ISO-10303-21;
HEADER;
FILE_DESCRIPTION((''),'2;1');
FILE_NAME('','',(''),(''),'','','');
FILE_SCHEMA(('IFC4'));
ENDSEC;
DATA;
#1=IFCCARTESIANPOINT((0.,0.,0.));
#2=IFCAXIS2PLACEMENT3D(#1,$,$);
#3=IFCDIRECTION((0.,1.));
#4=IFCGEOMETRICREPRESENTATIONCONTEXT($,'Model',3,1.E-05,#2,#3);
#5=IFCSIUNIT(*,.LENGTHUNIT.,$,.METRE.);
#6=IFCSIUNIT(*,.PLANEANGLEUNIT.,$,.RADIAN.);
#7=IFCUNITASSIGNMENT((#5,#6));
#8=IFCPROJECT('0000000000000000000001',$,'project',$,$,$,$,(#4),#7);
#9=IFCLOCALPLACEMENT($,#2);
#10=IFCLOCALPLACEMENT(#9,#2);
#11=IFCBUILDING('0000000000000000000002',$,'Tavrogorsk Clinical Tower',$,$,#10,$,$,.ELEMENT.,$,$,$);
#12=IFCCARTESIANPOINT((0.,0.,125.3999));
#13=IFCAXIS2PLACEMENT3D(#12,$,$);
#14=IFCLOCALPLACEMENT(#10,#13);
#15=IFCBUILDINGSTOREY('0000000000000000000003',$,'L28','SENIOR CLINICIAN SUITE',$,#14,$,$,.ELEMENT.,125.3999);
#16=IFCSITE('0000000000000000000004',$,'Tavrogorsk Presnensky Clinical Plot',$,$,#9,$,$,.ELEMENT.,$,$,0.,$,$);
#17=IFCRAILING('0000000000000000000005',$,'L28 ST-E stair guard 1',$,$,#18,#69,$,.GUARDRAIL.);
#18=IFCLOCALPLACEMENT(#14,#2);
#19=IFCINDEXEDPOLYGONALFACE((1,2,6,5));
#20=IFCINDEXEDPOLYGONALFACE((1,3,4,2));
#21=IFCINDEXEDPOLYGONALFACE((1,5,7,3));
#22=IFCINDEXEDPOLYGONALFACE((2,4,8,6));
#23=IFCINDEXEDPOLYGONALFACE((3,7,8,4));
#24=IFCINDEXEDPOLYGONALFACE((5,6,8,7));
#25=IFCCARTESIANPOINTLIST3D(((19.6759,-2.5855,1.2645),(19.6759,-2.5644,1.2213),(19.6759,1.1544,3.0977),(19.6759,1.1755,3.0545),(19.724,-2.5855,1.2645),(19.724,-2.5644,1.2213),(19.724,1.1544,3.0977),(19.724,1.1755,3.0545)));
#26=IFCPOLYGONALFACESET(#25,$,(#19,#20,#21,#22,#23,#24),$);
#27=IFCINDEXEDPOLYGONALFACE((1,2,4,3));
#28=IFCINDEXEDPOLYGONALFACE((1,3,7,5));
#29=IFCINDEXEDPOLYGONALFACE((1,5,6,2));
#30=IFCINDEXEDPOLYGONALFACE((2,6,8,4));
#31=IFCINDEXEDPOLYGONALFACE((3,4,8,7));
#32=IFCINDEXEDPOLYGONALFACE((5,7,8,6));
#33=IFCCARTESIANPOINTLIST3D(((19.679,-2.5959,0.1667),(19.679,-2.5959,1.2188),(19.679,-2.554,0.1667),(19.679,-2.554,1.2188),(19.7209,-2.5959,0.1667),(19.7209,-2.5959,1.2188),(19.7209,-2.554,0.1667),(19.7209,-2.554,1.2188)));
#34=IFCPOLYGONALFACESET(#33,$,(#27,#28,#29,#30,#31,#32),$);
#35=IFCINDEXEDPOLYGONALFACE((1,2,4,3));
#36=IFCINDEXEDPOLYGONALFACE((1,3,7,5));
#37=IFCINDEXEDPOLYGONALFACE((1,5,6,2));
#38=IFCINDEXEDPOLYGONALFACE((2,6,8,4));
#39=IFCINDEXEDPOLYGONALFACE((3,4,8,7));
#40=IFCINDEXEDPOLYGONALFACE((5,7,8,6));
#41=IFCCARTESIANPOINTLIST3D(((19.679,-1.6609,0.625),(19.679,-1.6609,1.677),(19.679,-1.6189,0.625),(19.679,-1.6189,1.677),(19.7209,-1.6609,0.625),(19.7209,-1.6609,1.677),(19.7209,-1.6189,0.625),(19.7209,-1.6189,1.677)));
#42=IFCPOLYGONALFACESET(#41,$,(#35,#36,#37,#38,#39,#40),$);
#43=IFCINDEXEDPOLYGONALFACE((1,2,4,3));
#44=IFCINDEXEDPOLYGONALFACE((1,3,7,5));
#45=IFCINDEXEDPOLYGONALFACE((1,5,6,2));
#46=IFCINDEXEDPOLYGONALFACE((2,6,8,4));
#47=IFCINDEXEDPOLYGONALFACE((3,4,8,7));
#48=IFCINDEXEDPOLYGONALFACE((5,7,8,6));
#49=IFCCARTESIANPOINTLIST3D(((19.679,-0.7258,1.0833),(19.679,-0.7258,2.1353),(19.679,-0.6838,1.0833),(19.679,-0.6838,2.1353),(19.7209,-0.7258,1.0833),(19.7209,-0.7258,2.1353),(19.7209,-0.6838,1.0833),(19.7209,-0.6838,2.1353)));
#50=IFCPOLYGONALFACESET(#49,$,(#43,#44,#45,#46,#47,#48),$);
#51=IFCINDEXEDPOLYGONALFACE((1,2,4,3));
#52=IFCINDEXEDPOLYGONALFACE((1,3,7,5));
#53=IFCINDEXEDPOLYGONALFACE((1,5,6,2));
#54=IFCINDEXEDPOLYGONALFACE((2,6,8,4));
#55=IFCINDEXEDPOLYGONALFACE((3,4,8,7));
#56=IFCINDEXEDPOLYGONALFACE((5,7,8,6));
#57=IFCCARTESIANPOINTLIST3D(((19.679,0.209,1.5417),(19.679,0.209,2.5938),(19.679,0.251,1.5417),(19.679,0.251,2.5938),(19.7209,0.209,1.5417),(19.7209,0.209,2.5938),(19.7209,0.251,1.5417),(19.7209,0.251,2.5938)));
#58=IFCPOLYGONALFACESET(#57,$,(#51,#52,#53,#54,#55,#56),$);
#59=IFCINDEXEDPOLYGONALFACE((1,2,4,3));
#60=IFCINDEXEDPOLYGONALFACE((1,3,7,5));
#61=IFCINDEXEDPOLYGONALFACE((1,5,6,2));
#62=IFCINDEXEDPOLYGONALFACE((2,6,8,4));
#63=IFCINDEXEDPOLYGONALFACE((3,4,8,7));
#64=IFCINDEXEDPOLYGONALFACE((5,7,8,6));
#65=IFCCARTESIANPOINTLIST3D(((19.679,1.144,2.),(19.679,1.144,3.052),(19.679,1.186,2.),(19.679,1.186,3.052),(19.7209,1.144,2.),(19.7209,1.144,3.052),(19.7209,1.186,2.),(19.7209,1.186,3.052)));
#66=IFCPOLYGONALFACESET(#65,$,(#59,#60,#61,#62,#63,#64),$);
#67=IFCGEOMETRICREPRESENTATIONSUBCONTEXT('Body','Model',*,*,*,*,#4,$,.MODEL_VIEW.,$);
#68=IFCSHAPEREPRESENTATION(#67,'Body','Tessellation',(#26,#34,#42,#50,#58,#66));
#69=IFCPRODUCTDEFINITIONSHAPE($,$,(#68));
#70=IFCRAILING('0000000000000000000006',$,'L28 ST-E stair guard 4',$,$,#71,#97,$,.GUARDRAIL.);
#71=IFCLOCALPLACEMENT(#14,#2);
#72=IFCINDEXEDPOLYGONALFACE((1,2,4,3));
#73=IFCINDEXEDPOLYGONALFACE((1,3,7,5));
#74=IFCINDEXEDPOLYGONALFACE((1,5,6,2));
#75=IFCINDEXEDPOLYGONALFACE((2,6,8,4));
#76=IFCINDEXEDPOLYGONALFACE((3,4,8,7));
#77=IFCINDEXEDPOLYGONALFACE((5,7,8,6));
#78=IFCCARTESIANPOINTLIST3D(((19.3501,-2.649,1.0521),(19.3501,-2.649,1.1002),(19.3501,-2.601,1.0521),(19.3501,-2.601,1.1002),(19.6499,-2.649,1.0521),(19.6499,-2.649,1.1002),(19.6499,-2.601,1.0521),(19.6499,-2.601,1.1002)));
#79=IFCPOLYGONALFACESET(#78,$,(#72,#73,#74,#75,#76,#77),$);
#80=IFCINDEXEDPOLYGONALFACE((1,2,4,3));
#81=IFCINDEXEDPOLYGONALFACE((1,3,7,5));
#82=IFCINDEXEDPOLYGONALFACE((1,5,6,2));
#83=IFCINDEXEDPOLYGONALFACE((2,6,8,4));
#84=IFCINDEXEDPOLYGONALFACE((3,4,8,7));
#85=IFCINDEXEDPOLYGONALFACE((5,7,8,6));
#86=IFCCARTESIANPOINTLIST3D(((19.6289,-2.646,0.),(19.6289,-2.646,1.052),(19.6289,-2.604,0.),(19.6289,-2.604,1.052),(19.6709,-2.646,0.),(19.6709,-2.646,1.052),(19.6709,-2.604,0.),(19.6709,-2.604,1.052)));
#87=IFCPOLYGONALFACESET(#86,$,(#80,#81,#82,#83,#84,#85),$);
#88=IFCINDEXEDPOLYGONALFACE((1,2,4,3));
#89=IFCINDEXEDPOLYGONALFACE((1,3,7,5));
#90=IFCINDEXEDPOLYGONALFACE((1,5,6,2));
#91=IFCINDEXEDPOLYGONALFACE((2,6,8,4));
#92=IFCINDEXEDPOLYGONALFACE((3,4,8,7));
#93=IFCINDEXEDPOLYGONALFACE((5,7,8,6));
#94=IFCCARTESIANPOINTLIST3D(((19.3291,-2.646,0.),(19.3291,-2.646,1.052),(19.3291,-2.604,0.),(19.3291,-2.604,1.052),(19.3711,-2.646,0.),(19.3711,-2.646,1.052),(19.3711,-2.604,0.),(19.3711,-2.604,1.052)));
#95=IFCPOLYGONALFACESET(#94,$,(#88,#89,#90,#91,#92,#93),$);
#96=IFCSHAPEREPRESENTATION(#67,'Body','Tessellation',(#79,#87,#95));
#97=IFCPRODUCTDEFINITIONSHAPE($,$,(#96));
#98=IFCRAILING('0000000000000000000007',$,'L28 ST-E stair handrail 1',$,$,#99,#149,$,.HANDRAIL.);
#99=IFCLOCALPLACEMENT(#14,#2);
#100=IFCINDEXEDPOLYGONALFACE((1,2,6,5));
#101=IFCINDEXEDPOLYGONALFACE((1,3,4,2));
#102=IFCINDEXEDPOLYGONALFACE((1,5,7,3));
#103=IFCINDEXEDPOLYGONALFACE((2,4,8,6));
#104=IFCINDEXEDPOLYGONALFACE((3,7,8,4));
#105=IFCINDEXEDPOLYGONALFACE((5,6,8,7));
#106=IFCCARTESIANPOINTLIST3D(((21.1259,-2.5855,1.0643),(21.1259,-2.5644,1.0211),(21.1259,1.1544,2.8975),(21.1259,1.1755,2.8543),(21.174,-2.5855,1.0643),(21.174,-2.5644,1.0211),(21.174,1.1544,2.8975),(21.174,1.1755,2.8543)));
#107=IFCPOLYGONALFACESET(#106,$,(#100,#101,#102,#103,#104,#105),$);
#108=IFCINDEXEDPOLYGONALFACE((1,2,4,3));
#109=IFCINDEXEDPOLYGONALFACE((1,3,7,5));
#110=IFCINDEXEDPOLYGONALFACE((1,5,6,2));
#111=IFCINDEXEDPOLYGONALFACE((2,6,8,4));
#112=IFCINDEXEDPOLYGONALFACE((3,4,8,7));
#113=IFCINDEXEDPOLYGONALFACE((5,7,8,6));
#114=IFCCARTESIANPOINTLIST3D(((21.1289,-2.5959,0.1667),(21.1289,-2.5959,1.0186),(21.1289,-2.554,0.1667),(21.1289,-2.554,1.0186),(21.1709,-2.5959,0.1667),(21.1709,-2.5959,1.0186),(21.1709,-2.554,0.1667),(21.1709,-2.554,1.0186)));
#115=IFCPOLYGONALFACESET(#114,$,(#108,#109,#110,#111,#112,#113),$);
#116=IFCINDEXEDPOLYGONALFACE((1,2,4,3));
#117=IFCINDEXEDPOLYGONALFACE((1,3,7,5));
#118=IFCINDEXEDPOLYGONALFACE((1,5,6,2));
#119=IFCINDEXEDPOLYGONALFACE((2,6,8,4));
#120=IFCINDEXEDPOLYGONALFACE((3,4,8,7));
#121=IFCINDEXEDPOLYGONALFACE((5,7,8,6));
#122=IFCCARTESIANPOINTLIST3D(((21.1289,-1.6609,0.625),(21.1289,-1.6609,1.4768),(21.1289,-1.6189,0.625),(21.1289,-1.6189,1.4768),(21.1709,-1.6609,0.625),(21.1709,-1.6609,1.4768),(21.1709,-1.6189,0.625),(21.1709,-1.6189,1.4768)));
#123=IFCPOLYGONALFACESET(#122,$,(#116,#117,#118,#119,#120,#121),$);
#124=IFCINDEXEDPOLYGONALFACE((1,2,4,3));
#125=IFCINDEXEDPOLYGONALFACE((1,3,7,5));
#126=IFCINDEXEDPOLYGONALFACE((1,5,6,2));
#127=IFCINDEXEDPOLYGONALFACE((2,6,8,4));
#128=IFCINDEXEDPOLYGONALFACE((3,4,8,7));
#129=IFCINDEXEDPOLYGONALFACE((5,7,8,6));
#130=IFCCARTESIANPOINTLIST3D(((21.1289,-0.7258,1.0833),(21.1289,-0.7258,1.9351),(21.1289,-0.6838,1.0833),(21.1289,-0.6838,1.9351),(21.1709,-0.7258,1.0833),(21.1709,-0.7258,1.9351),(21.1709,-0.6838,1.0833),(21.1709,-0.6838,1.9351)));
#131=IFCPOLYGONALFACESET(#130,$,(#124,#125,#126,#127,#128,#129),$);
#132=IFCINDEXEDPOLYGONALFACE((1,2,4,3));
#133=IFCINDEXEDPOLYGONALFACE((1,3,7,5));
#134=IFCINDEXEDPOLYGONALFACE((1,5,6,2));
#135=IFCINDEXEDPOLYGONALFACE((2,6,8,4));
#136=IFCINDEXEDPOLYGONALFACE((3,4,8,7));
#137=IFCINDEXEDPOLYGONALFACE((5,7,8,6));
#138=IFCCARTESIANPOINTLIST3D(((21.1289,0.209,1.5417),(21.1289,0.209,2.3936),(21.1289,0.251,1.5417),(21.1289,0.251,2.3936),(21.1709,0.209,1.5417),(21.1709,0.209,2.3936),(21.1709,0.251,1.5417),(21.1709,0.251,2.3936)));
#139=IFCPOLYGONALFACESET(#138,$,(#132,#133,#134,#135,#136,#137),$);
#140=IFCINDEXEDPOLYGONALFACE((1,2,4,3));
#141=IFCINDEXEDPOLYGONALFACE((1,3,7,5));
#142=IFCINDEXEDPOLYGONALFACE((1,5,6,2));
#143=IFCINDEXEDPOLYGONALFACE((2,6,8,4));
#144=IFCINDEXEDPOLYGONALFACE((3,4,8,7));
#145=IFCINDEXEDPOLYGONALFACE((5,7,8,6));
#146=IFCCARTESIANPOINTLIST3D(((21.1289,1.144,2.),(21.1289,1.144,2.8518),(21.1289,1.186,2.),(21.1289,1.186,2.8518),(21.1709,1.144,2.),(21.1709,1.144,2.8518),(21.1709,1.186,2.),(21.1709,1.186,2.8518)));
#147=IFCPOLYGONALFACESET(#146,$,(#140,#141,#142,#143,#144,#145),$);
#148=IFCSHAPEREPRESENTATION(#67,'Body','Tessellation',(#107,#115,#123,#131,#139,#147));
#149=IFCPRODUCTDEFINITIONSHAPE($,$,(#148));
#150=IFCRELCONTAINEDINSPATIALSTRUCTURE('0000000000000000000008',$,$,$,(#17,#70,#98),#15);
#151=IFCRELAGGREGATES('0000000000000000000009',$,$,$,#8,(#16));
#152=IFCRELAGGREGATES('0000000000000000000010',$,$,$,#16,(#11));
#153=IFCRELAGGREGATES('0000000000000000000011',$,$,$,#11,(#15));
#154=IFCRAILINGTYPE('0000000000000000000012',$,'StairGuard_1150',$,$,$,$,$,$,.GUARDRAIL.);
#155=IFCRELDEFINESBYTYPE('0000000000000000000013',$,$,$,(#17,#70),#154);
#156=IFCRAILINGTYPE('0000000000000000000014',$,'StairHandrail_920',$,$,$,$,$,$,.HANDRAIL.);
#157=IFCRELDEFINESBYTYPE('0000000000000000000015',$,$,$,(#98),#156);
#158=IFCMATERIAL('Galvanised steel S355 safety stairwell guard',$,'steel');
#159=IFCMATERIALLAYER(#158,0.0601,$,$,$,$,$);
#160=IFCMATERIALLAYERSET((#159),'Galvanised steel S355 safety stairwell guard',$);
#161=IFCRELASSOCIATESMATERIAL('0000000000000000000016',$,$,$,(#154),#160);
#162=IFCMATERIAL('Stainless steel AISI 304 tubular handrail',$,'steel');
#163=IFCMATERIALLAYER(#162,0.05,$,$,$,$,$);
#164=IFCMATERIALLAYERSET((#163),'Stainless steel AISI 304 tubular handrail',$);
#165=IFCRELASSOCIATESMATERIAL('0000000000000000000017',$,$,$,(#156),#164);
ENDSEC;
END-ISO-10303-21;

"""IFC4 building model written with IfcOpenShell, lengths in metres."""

from ifc_helpers import new_model, si_unit, direction, frame, origin, origin_2d, place, context, subcontext, project, spatial, rectangle, extrude, material, layer, layer_set, type_object, element, save


model = new_model("IFC4")

# Units and contexts
model_context = context("Model", 3, precision=1e-05, world=origin(), true_north=direction((0.0, 1.0)))
body_context = subcontext(model_context, "Body", "Model", "MODEL_VIEW")
ifc_project = project(units=[si_unit("LENGTHUNIT", "METRE"), si_unit("PLANEANGLEUNIT", "RADIAN")], contexts=[model_context])

# Site, building, storey
site_placement = place(None, origin())
site = spatial("IfcSite", under=ifc_project, at=site_placement, Name="Tavrogorsk Presnensky Clinical Plot", CompositionType="ELEMENT", RefElevation=0.0)
building_placement = place(site_placement, origin())
building = spatial("IfcBuilding", under=site, at=building_placement, Name="Tavrogorsk Clinical Tower", CompositionType="ELEMENT")
storey_placement = place(building_placement, frame((0.0, 0.0, 125.3999)))
storey = spatial("IfcBuildingStorey", under=building, at=storey_placement, Name="L28", Description="SENIOR CLINICIAN SUITE", CompositionType="ELEMENT", Elevation=125.3999)

# Railings
ifc_material_1 = material(Name="Galvanised steel S355 safety stairwell guard", Category="steel")
ifc_layer_1 = layer(ifc_material_1, 0.0601)
ifc_layer_set_1 = layer_set([ifc_layer_1], Name="Galvanised steel S355 safety stairwell guard")
railing_type_1 = type_object("IfcRailingType", Name="StairGuard_1150", PredefinedType="GUARDRAIL", material=ifc_layer_set_1)
railing_1_placement = place(storey_placement, frame((19.7, -2.575, 0.1667)))
element("IfcRailing", 1, at=railing_1_placement, inside=storey, type_object=railing_type_1, Name="L28 ST-E stair guard 1", PredefinedType="GUARDRAIL", context=body_context, shape_type="SweptSolid", body=[
    extrude(rectangle(XDim=0.0481, YDim=0.0481, at=origin_2d()), frame((0.0, 0.0, 1.0762), z_axis=(0.0, 0.897928, 0.440142), x_axis=(-1.0, 0.0, 0.0)), (0.0, 0.0, 1.0), 4.165),
    extrude(rectangle(XDim=0.042, YDim=0.042, at=origin_2d()), origin(), (0.0, 0.0, 1.0), 1.052),
    extrude(rectangle(XDim=0.042, YDim=0.042, at=origin_2d()), frame((0.0, 0.9351, 0.4583)), (0.0, 0.0, 1.0), 1.052),
    extrude(rectangle(XDim=0.042, YDim=0.042, at=origin_2d()), frame((0.0, 1.8701, 0.9165)), (0.0, 0.0, 1.0), 1.052),
    extrude(rectangle(XDim=0.042, YDim=0.042, at=origin_2d()), frame((0.0, 2.8049, 1.375)), (0.0, 0.0, 1.0), 1.052),
    extrude(rectangle(XDim=0.042, YDim=0.042, at=origin_2d()), frame((0.0, 3.74, 1.8333)), (0.0, 0.0, 1.0), 1.052),
])
railing_2_placement = place(storey_placement, frame((19.6499, -2.625, 0.0)))
element("IfcRailing", 2, at=railing_2_placement, inside=storey, type_object=railing_type_1, Name="L28 ST-E stair guard 4", PredefinedType="GUARDRAIL", context=body_context, shape_type="SweptSolid", body=[
    extrude(rectangle(XDim=0.0481, YDim=0.0481, at=origin_2d()), frame((0.0, 0.0, 1.0762), z_axis=(-1.0, 0.0, 0.0), x_axis=(0.0, -1.0, 0.0)), (0.0, 0.0, 1.0), 0.2998),
    extrude(rectangle(XDim=0.042, YDim=0.042, at=origin_2d()), origin(), (0.0, 0.0, 1.0), 1.052),
    extrude(rectangle(XDim=0.042, YDim=0.042, at=origin_2d()), frame((-0.2998, 0.0, 0.0)), (0.0, 0.0, 1.0), 1.052),
])
ifc_material_2 = material(Name="Stainless steel AISI 304 tubular handrail", Category="steel")
ifc_layer_2 = layer(ifc_material_2, 0.05)
ifc_layer_set_2 = layer_set([ifc_layer_2], Name="Stainless steel AISI 304 tubular handrail")
railing_type_2 = type_object("IfcRailingType", Name="StairHandrail_920", PredefinedType="HANDRAIL", material=ifc_layer_set_2)
railing_3_placement = place(storey_placement, frame((21.1499, -2.575, 0.1667)))
element("IfcRailing", 3, at=railing_3_placement, inside=storey, type_object=railing_type_2, Name="L28 ST-E stair handrail 1", PredefinedType="HANDRAIL", context=body_context, shape_type="SweptSolid", body=[
    extrude(rectangle(XDim=0.0481, YDim=0.0481, at=origin_2d()), frame((0.0, 0.0, 0.876), z_axis=(0.0, 0.897928, 0.440142), x_axis=(-1.0, 0.0, 0.0)), (0.0, 0.0, 1.0), 4.165),
    extrude(rectangle(XDim=0.042, YDim=0.042, at=origin_2d()), origin(), (0.0, 0.0, 1.0), 0.8518),
    extrude(rectangle(XDim=0.042, YDim=0.042, at=origin_2d()), frame((0.0, 0.9351, 0.4583)), (0.0, 0.0, 1.0), 0.8518),
    extrude(rectangle(XDim=0.042, YDim=0.042, at=origin_2d()), frame((0.0, 1.8701, 0.9165)), (0.0, 0.0, 1.0), 0.8518),
    extrude(rectangle(XDim=0.042, YDim=0.042, at=origin_2d()), frame((0.0, 2.8049, 1.375)), (0.0, 0.0, 1.0), 0.8518),
    extrude(rectangle(XDim=0.042, YDim=0.042, at=origin_2d()), frame((0.0, 3.74, 1.8333)), (0.0, 0.0, 1.0), 0.8518),
])

save(model, "model.ifc")
